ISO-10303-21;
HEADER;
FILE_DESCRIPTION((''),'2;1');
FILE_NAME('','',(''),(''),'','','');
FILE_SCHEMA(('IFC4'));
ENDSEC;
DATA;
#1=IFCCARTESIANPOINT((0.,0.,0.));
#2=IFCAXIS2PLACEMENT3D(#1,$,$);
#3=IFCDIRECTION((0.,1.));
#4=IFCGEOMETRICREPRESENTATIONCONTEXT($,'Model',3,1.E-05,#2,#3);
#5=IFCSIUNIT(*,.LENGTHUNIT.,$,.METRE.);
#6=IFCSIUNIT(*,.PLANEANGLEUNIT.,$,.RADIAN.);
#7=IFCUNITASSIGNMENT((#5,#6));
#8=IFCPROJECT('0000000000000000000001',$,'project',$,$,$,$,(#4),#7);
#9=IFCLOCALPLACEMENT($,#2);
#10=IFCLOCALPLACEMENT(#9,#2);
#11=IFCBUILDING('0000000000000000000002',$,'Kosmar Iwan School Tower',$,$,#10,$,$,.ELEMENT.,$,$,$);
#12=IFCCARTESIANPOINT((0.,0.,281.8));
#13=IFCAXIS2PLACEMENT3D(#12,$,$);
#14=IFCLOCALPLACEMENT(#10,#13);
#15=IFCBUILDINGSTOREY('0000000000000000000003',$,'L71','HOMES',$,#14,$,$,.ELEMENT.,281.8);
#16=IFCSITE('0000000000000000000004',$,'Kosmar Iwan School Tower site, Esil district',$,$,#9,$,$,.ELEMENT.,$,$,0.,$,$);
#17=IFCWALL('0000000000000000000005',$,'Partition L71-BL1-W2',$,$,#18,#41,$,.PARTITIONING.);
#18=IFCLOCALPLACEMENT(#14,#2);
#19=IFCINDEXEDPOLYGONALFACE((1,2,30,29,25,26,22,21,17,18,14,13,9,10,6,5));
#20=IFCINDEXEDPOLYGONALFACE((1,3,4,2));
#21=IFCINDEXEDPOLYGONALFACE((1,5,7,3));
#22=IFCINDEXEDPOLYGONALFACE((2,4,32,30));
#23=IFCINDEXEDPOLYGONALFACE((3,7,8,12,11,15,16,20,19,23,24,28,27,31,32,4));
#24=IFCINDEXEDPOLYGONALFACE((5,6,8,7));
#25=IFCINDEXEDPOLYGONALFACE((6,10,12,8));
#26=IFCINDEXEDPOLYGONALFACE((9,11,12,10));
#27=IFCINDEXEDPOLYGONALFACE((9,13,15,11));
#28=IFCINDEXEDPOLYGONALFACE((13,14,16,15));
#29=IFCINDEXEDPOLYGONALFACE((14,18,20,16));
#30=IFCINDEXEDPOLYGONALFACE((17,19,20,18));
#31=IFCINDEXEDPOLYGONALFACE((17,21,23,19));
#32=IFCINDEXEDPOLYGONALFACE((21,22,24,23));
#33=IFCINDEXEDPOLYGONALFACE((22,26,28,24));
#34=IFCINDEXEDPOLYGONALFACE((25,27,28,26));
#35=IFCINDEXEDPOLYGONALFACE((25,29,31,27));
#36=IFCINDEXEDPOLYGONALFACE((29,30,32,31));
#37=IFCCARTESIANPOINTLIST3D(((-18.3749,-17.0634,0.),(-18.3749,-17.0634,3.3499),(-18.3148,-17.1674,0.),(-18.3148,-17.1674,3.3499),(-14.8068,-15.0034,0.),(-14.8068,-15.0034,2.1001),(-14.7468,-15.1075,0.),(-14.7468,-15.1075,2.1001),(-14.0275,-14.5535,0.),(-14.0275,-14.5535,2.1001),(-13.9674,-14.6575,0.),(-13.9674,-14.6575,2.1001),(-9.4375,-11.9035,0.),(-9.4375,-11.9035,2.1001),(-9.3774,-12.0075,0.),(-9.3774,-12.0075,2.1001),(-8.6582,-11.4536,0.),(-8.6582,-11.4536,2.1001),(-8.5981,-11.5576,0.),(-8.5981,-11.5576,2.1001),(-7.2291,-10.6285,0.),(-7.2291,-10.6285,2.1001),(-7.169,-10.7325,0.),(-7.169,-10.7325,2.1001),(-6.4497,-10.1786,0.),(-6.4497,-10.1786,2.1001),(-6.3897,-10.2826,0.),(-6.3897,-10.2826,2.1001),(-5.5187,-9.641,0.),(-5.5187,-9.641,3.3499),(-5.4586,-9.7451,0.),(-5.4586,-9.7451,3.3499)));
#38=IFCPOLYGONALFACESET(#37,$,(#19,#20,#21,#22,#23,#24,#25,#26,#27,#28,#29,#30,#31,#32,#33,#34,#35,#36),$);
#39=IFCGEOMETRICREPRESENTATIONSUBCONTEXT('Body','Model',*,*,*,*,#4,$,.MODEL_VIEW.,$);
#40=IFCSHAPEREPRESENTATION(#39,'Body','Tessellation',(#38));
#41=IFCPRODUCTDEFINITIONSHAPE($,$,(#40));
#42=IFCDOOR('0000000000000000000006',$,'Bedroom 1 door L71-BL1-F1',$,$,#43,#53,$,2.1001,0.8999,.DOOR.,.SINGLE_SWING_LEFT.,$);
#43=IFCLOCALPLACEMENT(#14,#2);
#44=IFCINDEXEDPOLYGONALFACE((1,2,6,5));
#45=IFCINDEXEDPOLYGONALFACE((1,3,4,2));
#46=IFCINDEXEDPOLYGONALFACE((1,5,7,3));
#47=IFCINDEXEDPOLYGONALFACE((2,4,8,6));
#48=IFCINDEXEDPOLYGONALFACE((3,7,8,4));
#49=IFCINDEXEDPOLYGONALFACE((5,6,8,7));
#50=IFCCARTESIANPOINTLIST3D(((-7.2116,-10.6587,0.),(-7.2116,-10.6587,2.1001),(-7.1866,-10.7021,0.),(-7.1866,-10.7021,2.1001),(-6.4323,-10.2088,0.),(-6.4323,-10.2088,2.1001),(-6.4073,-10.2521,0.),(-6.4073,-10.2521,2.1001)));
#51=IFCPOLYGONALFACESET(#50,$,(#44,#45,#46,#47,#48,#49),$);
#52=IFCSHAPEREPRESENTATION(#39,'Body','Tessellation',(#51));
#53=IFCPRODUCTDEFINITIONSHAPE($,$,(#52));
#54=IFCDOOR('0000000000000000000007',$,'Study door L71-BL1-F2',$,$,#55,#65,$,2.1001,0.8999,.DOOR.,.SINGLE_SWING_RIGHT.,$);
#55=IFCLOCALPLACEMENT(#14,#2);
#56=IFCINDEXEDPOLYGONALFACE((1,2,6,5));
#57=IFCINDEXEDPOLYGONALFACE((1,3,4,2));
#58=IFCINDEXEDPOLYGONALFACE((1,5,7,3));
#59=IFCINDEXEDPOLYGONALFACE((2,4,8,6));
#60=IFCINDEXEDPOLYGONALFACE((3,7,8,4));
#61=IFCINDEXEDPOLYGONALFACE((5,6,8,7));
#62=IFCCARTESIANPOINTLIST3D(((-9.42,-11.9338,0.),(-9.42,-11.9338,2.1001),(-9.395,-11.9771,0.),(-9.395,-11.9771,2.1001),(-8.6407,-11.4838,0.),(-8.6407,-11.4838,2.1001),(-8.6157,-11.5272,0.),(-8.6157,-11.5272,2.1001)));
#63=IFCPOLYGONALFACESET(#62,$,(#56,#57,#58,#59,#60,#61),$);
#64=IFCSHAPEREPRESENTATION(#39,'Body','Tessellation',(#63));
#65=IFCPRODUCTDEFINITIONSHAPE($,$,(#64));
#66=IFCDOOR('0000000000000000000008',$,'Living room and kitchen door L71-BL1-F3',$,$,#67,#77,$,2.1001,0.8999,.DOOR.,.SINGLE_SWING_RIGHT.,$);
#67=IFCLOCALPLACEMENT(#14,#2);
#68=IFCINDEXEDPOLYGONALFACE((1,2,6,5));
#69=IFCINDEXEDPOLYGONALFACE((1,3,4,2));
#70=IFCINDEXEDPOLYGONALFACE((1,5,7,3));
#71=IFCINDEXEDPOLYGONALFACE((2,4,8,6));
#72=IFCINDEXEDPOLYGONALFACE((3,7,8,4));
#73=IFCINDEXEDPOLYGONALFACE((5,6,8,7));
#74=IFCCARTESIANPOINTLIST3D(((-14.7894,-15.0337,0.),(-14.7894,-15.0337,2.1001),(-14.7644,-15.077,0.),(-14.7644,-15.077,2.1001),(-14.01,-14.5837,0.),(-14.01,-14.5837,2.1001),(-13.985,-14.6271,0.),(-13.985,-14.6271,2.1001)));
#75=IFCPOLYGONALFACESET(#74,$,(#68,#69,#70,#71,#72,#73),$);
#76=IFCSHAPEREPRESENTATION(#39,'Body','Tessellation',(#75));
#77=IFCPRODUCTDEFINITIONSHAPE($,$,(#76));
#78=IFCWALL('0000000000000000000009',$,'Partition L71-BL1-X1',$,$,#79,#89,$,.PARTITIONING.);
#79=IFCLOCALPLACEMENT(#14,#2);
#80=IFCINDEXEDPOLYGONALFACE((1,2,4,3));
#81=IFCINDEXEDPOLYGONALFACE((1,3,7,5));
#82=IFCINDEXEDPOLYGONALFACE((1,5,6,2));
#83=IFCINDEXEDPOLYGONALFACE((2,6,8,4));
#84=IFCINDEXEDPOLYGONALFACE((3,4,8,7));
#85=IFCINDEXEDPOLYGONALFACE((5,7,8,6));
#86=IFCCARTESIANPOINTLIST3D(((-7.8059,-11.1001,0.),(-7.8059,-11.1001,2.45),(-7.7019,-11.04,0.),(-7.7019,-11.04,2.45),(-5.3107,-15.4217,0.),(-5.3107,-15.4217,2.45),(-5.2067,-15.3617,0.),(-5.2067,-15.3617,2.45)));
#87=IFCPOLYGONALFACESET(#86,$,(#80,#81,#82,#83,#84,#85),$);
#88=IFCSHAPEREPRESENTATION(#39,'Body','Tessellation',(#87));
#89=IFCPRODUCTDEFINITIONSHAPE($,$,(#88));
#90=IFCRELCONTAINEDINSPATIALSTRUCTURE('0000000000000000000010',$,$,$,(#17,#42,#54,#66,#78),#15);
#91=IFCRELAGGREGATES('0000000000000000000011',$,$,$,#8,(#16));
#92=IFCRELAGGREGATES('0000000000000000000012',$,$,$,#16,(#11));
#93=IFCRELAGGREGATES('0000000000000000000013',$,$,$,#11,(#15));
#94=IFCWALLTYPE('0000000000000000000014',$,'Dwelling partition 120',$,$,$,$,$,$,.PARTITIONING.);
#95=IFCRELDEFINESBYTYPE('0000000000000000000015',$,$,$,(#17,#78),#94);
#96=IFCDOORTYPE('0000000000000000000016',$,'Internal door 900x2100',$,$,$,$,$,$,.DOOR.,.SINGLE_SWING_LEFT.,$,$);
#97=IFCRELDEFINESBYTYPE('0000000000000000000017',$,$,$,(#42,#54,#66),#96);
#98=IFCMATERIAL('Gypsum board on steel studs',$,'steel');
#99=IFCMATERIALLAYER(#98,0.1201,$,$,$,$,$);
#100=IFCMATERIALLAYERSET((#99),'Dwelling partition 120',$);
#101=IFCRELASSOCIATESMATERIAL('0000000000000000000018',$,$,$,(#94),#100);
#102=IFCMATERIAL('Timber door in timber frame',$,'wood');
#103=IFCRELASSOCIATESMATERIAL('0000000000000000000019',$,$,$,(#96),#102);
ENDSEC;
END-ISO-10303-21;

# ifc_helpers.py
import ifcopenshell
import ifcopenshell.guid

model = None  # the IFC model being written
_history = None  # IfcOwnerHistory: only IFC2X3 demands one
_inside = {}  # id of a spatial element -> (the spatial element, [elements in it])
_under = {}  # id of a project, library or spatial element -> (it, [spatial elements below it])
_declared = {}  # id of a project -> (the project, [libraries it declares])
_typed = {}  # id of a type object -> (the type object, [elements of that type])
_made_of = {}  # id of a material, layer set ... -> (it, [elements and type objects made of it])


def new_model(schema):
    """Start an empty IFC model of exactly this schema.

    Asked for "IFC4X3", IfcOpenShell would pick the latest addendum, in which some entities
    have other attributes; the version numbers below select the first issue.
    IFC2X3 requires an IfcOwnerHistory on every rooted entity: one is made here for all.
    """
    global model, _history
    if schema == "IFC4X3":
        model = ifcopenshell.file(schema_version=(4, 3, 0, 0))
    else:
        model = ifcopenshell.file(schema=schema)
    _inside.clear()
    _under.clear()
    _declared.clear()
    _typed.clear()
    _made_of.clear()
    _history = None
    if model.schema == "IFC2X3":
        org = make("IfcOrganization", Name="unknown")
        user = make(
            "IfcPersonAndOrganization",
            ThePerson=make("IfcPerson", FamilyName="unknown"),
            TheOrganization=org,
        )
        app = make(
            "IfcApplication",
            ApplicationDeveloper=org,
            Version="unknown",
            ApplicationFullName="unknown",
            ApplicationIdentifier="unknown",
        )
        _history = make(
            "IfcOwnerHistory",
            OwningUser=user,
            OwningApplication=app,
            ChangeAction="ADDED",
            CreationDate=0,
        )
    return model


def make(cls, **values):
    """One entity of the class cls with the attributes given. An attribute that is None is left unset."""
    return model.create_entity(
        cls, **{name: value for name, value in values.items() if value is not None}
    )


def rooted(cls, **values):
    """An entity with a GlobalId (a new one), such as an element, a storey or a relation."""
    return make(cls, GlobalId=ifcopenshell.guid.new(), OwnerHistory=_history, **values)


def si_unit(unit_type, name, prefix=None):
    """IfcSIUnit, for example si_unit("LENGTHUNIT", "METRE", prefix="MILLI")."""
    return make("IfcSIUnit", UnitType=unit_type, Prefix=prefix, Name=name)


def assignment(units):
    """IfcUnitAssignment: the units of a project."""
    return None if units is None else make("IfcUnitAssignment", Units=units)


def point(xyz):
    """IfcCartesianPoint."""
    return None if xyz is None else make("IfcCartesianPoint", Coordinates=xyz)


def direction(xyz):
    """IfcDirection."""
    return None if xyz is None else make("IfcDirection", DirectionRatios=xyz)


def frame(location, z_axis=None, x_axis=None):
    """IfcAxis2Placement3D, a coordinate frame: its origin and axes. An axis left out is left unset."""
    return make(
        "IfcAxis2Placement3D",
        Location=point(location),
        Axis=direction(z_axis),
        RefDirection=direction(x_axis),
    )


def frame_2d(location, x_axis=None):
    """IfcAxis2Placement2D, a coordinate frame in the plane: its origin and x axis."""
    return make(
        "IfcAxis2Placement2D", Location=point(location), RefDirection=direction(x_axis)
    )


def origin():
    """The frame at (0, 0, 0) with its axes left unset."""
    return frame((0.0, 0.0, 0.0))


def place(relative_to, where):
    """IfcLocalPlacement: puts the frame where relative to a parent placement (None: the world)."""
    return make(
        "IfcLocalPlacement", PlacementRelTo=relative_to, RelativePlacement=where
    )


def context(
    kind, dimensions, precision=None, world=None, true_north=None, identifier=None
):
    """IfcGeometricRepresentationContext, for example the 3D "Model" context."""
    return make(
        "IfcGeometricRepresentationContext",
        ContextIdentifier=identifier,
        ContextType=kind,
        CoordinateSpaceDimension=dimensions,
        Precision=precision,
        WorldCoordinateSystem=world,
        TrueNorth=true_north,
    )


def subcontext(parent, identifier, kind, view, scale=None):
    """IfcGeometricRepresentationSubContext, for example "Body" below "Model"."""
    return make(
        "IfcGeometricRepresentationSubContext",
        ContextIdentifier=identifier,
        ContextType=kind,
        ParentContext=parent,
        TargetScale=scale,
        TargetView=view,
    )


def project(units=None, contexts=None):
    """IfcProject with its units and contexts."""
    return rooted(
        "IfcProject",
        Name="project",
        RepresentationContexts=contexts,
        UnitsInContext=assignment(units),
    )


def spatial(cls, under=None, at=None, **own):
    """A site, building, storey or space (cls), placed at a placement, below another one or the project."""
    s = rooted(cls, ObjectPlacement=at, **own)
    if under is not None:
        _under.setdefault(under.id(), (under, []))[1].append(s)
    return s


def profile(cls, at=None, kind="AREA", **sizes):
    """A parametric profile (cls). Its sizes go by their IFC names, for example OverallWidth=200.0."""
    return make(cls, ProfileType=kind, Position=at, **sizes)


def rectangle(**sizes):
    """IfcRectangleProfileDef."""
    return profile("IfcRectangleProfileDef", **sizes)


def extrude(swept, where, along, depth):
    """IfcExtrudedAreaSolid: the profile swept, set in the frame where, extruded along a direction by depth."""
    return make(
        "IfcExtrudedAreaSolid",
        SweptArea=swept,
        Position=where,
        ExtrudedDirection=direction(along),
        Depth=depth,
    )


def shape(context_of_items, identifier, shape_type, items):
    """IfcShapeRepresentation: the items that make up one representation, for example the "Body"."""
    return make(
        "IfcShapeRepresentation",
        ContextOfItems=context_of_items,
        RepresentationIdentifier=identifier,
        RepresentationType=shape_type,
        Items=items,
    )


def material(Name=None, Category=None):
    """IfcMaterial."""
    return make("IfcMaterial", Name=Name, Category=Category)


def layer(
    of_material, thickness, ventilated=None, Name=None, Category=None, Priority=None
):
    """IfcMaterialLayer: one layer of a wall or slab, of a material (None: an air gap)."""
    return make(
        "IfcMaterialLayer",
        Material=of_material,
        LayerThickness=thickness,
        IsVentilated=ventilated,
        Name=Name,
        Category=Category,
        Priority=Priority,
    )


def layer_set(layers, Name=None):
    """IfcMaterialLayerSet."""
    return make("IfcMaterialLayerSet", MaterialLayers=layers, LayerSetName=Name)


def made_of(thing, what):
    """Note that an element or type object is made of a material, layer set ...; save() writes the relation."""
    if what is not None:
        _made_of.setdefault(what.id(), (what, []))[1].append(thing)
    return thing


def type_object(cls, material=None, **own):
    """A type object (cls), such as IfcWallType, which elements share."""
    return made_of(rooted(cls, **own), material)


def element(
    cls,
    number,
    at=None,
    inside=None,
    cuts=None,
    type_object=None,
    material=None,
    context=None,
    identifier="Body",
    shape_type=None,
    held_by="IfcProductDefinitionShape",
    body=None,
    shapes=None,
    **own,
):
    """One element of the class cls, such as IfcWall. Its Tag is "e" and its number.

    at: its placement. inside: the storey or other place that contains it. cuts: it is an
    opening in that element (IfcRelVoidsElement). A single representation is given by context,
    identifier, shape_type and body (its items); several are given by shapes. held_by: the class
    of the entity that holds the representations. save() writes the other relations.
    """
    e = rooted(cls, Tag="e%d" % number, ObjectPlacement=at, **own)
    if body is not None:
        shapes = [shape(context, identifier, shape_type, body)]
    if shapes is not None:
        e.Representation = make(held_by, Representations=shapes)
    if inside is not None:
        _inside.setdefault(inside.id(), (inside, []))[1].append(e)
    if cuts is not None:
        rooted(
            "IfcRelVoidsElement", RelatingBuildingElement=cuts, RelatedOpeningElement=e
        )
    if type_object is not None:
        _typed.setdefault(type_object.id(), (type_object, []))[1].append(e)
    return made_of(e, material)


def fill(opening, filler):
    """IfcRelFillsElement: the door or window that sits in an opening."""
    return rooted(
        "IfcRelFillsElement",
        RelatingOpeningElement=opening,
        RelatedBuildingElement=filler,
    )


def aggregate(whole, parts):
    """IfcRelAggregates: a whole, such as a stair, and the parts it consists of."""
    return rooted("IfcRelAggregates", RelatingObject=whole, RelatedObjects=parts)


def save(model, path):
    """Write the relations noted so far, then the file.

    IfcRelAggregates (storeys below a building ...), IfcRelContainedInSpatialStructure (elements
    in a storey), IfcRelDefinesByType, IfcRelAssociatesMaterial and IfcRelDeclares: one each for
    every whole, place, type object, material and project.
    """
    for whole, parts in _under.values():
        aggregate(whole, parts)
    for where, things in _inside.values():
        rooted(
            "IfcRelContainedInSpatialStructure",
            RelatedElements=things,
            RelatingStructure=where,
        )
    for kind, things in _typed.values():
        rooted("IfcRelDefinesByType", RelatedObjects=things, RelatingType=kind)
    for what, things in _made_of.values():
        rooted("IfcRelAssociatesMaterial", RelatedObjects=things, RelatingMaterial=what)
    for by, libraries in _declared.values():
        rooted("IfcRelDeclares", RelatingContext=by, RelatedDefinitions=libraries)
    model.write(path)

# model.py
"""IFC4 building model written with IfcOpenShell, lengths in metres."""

from ifc_helpers import new_model, si_unit, direction, frame, frame_2d, origin, place, context, subcontext, project, spatial, rectangle, extrude, material, layer, layer_set, type_object, element, fill, save


model = new_model("IFC4")

# Units and contexts
model_context = context("Model", 3, precision=1e-05, world=origin(), true_north=direction((0.0, 1.0)))
body_context = subcontext(model_context, "Body", "Model", "MODEL_VIEW")
ifc_project = project(units=[si_unit("LENGTHUNIT", "METRE"), si_unit("PLANEANGLEUNIT", "RADIAN")], contexts=[model_context])

# Site, building, storey
site_placement = place(None, origin())
site = spatial("IfcSite", under=ifc_project, at=site_placement, Name="Kosmar Iwan School Tower site, Esil district", CompositionType="ELEMENT", RefElevation=0.0)
building_placement = place(site_placement, origin())
building = spatial("IfcBuilding", under=site, at=building_placement, Name="Kosmar Iwan School Tower", CompositionType="ELEMENT")
storey_placement = place(building_placement, frame((0.0, 0.0, 281.8)))
storey = spatial("IfcBuildingStorey", under=building, at=storey_placement, Name="L71", Description="HOMES", CompositionType="ELEMENT", Elevation=281.8)

# Wall, openings, doors
ifc_material_1 = material(Name="Gypsum board on steel studs", Category="steel")
ifc_layer_1 = layer(ifc_material_1, 0.1201)
ifc_layer_set_1 = layer_set([ifc_layer_1], Name="Dwelling partition 120")
wall_type_1 = type_object("IfcWallType", Name="Dwelling partition 120", PredefinedType="PARTITIONING", material=ifc_layer_set_1)
ifc_material_2 = material(Name="Timber door in timber frame", Category="wood")
door_type_1 = type_object("IfcDoorType", Name="Internal door 900x2100", OperationType="SINGLE_SWING_LEFT", PredefinedType="DOOR", material=ifc_material_2)
wall_1_placement = place(storey_placement, frame((-5.4888, -9.6931, 0.0), z_axis=(0.0, 0.0, 1.0), x_axis=(-0.86603, -0.499992, 0.0)))
wall_1 = element("IfcWall", 1, at=wall_1_placement, inside=storey, type_object=wall_type_1, Name="Partition L71-BL1-W2", PredefinedType="PARTITIONING", context=body_context, shape_type="SweptSolid", body=[
    extrude(rectangle(XDim=14.845, YDim=0.1201, at=frame_2d((7.4224, 0.0))), origin(), (0.0, 0.0, 1.0), 3.3499),
])
opening_1_placement = place(wall_1_placement, frame((1.075, 0.0, 0.0)))
opening_1 = element("IfcOpeningElement", 2, at=opening_1_placement, cuts=wall_1, PredefinedType="OPENING", context=body_context, shape_type="SweptSolid", body=[
    extrude(rectangle(XDim=0.8999, YDim=2.1001, at=frame_2d((0.45, 1.05))), frame((0.0, 0.072, 0.0), z_axis=(0.0, -1.0, 0.0), x_axis=(1.0, 0.0, 0.0)), (0.0, 0.0, 1.0), 0.144),
])
opening_2_placement = place(wall_1_placement, frame((3.625, 0.0, 0.0)))
opening_2 = element("IfcOpeningElement", 3, at=opening_2_placement, cuts=wall_1, PredefinedType="OPENING", context=body_context, shape_type="SweptSolid", body=[
    extrude(rectangle(XDim=0.8999, YDim=2.1001, at=frame_2d((0.45, 1.05))), frame((0.0, 0.072, 0.0), z_axis=(0.0, -1.0, 0.0), x_axis=(1.0, 0.0, 0.0)), (0.0, 0.0, 1.0), 0.144),
])
opening_3_placement = place(wall_1_placement, frame((9.825, 0.0, 0.0)))
opening_3 = element("IfcOpeningElement", 4, at=opening_3_placement, cuts=wall_1, PredefinedType="OPENING", context=body_context, shape_type="SweptSolid", body=[
    extrude(rectangle(XDim=0.8999, YDim=2.1001, at=frame_2d((0.45, 1.05))), frame((0.0, 0.072, 0.0), z_axis=(0.0, -1.0, 0.0), x_axis=(1.0, 0.0, 0.0)), (0.0, 0.0, 1.0), 0.144),
])
door_1_placement = place(opening_1_placement, origin())
door_1 = element("IfcDoor", 5, at=door_1_placement, inside=storey, type_object=door_type_1, Name="Bedroom 1 door L71-BL1-F1", OperationType="SINGLE_SWING_LEFT", OverallHeight=2.1001, OverallWidth=0.8999, PredefinedType="DOOR", context=body_context, shape_type="SweptSolid", body=[
    extrude(rectangle(XDim=0.8999, YDim=2.1001, at=frame_2d((0.45, 1.05))), frame((0.0, 0.0249, 0.0), z_axis=(0.0, -1.0, 0.0), x_axis=(1.0, 0.0, 0.0)), (0.0, 0.0, 1.0), 0.05),
])
fill(opening_1, door_1)
door_2_placement = place(opening_2_placement, origin())
door_2 = element("IfcDoor", 6, at=door_2_placement, inside=storey, type_object=door_type_1, Name="Study door L71-BL1-F2", OperationType="SINGLE_SWING_RIGHT", OverallHeight=2.1001, OverallWidth=0.8999, PredefinedType="DOOR", context=body_context, shape_type="SweptSolid", body=[
    extrude(rectangle(XDim=0.8999, YDim=2.1001, at=frame_2d((0.45, 1.05))), frame((0.0, 0.0249, 0.0), z_axis=(0.0, -1.0, 0.0), x_axis=(1.0, 0.0, 0.0)), (0.0, 0.0, 1.0), 0.05),
])
fill(opening_2, door_2)
door_3_placement = place(opening_3_placement, origin())
door_3 = element("IfcDoor", 7, at=door_3_placement, inside=storey, type_object=door_type_1, Name="Living room and kitchen door L71-BL1-F3", OperationType="SINGLE_SWING_RIGHT", OverallHeight=2.1001, OverallWidth=0.8999, PredefinedType="DOOR", context=body_context, shape_type="SweptSolid", body=[
    extrude(rectangle(XDim=0.8999, YDim=2.1001, at=frame_2d((0.45, 1.05))), frame((0.0, 0.0249, 0.0), z_axis=(0.0, -1.0, 0.0), x_axis=(1.0, 0.0, 0.0)), (0.0, 0.0, 1.0), 0.05),
])
fill(opening_3, door_3)

# Wall
wall_2_placement = place(storey_placement, frame((-7.7539, -11.0701, 0.0), z_axis=(0.0, 0.0, 1.0), x_axis=(0.500012, -0.866019, 0.0)))
element("IfcWall", 8, at=wall_2_placement, inside=storey, type_object=wall_type_1, Name="Partition L71-BL1-X1", PredefinedType="PARTITIONING", context=body_context, shape_type="SweptSolid", body=[
    extrude(rectangle(XDim=4.9902, YDim=0.1201, at=frame_2d((2.4951, 0.0))), origin(), (0.0, 0.0, 1.0), 2.45),
])

save(model, "model.ifc")
